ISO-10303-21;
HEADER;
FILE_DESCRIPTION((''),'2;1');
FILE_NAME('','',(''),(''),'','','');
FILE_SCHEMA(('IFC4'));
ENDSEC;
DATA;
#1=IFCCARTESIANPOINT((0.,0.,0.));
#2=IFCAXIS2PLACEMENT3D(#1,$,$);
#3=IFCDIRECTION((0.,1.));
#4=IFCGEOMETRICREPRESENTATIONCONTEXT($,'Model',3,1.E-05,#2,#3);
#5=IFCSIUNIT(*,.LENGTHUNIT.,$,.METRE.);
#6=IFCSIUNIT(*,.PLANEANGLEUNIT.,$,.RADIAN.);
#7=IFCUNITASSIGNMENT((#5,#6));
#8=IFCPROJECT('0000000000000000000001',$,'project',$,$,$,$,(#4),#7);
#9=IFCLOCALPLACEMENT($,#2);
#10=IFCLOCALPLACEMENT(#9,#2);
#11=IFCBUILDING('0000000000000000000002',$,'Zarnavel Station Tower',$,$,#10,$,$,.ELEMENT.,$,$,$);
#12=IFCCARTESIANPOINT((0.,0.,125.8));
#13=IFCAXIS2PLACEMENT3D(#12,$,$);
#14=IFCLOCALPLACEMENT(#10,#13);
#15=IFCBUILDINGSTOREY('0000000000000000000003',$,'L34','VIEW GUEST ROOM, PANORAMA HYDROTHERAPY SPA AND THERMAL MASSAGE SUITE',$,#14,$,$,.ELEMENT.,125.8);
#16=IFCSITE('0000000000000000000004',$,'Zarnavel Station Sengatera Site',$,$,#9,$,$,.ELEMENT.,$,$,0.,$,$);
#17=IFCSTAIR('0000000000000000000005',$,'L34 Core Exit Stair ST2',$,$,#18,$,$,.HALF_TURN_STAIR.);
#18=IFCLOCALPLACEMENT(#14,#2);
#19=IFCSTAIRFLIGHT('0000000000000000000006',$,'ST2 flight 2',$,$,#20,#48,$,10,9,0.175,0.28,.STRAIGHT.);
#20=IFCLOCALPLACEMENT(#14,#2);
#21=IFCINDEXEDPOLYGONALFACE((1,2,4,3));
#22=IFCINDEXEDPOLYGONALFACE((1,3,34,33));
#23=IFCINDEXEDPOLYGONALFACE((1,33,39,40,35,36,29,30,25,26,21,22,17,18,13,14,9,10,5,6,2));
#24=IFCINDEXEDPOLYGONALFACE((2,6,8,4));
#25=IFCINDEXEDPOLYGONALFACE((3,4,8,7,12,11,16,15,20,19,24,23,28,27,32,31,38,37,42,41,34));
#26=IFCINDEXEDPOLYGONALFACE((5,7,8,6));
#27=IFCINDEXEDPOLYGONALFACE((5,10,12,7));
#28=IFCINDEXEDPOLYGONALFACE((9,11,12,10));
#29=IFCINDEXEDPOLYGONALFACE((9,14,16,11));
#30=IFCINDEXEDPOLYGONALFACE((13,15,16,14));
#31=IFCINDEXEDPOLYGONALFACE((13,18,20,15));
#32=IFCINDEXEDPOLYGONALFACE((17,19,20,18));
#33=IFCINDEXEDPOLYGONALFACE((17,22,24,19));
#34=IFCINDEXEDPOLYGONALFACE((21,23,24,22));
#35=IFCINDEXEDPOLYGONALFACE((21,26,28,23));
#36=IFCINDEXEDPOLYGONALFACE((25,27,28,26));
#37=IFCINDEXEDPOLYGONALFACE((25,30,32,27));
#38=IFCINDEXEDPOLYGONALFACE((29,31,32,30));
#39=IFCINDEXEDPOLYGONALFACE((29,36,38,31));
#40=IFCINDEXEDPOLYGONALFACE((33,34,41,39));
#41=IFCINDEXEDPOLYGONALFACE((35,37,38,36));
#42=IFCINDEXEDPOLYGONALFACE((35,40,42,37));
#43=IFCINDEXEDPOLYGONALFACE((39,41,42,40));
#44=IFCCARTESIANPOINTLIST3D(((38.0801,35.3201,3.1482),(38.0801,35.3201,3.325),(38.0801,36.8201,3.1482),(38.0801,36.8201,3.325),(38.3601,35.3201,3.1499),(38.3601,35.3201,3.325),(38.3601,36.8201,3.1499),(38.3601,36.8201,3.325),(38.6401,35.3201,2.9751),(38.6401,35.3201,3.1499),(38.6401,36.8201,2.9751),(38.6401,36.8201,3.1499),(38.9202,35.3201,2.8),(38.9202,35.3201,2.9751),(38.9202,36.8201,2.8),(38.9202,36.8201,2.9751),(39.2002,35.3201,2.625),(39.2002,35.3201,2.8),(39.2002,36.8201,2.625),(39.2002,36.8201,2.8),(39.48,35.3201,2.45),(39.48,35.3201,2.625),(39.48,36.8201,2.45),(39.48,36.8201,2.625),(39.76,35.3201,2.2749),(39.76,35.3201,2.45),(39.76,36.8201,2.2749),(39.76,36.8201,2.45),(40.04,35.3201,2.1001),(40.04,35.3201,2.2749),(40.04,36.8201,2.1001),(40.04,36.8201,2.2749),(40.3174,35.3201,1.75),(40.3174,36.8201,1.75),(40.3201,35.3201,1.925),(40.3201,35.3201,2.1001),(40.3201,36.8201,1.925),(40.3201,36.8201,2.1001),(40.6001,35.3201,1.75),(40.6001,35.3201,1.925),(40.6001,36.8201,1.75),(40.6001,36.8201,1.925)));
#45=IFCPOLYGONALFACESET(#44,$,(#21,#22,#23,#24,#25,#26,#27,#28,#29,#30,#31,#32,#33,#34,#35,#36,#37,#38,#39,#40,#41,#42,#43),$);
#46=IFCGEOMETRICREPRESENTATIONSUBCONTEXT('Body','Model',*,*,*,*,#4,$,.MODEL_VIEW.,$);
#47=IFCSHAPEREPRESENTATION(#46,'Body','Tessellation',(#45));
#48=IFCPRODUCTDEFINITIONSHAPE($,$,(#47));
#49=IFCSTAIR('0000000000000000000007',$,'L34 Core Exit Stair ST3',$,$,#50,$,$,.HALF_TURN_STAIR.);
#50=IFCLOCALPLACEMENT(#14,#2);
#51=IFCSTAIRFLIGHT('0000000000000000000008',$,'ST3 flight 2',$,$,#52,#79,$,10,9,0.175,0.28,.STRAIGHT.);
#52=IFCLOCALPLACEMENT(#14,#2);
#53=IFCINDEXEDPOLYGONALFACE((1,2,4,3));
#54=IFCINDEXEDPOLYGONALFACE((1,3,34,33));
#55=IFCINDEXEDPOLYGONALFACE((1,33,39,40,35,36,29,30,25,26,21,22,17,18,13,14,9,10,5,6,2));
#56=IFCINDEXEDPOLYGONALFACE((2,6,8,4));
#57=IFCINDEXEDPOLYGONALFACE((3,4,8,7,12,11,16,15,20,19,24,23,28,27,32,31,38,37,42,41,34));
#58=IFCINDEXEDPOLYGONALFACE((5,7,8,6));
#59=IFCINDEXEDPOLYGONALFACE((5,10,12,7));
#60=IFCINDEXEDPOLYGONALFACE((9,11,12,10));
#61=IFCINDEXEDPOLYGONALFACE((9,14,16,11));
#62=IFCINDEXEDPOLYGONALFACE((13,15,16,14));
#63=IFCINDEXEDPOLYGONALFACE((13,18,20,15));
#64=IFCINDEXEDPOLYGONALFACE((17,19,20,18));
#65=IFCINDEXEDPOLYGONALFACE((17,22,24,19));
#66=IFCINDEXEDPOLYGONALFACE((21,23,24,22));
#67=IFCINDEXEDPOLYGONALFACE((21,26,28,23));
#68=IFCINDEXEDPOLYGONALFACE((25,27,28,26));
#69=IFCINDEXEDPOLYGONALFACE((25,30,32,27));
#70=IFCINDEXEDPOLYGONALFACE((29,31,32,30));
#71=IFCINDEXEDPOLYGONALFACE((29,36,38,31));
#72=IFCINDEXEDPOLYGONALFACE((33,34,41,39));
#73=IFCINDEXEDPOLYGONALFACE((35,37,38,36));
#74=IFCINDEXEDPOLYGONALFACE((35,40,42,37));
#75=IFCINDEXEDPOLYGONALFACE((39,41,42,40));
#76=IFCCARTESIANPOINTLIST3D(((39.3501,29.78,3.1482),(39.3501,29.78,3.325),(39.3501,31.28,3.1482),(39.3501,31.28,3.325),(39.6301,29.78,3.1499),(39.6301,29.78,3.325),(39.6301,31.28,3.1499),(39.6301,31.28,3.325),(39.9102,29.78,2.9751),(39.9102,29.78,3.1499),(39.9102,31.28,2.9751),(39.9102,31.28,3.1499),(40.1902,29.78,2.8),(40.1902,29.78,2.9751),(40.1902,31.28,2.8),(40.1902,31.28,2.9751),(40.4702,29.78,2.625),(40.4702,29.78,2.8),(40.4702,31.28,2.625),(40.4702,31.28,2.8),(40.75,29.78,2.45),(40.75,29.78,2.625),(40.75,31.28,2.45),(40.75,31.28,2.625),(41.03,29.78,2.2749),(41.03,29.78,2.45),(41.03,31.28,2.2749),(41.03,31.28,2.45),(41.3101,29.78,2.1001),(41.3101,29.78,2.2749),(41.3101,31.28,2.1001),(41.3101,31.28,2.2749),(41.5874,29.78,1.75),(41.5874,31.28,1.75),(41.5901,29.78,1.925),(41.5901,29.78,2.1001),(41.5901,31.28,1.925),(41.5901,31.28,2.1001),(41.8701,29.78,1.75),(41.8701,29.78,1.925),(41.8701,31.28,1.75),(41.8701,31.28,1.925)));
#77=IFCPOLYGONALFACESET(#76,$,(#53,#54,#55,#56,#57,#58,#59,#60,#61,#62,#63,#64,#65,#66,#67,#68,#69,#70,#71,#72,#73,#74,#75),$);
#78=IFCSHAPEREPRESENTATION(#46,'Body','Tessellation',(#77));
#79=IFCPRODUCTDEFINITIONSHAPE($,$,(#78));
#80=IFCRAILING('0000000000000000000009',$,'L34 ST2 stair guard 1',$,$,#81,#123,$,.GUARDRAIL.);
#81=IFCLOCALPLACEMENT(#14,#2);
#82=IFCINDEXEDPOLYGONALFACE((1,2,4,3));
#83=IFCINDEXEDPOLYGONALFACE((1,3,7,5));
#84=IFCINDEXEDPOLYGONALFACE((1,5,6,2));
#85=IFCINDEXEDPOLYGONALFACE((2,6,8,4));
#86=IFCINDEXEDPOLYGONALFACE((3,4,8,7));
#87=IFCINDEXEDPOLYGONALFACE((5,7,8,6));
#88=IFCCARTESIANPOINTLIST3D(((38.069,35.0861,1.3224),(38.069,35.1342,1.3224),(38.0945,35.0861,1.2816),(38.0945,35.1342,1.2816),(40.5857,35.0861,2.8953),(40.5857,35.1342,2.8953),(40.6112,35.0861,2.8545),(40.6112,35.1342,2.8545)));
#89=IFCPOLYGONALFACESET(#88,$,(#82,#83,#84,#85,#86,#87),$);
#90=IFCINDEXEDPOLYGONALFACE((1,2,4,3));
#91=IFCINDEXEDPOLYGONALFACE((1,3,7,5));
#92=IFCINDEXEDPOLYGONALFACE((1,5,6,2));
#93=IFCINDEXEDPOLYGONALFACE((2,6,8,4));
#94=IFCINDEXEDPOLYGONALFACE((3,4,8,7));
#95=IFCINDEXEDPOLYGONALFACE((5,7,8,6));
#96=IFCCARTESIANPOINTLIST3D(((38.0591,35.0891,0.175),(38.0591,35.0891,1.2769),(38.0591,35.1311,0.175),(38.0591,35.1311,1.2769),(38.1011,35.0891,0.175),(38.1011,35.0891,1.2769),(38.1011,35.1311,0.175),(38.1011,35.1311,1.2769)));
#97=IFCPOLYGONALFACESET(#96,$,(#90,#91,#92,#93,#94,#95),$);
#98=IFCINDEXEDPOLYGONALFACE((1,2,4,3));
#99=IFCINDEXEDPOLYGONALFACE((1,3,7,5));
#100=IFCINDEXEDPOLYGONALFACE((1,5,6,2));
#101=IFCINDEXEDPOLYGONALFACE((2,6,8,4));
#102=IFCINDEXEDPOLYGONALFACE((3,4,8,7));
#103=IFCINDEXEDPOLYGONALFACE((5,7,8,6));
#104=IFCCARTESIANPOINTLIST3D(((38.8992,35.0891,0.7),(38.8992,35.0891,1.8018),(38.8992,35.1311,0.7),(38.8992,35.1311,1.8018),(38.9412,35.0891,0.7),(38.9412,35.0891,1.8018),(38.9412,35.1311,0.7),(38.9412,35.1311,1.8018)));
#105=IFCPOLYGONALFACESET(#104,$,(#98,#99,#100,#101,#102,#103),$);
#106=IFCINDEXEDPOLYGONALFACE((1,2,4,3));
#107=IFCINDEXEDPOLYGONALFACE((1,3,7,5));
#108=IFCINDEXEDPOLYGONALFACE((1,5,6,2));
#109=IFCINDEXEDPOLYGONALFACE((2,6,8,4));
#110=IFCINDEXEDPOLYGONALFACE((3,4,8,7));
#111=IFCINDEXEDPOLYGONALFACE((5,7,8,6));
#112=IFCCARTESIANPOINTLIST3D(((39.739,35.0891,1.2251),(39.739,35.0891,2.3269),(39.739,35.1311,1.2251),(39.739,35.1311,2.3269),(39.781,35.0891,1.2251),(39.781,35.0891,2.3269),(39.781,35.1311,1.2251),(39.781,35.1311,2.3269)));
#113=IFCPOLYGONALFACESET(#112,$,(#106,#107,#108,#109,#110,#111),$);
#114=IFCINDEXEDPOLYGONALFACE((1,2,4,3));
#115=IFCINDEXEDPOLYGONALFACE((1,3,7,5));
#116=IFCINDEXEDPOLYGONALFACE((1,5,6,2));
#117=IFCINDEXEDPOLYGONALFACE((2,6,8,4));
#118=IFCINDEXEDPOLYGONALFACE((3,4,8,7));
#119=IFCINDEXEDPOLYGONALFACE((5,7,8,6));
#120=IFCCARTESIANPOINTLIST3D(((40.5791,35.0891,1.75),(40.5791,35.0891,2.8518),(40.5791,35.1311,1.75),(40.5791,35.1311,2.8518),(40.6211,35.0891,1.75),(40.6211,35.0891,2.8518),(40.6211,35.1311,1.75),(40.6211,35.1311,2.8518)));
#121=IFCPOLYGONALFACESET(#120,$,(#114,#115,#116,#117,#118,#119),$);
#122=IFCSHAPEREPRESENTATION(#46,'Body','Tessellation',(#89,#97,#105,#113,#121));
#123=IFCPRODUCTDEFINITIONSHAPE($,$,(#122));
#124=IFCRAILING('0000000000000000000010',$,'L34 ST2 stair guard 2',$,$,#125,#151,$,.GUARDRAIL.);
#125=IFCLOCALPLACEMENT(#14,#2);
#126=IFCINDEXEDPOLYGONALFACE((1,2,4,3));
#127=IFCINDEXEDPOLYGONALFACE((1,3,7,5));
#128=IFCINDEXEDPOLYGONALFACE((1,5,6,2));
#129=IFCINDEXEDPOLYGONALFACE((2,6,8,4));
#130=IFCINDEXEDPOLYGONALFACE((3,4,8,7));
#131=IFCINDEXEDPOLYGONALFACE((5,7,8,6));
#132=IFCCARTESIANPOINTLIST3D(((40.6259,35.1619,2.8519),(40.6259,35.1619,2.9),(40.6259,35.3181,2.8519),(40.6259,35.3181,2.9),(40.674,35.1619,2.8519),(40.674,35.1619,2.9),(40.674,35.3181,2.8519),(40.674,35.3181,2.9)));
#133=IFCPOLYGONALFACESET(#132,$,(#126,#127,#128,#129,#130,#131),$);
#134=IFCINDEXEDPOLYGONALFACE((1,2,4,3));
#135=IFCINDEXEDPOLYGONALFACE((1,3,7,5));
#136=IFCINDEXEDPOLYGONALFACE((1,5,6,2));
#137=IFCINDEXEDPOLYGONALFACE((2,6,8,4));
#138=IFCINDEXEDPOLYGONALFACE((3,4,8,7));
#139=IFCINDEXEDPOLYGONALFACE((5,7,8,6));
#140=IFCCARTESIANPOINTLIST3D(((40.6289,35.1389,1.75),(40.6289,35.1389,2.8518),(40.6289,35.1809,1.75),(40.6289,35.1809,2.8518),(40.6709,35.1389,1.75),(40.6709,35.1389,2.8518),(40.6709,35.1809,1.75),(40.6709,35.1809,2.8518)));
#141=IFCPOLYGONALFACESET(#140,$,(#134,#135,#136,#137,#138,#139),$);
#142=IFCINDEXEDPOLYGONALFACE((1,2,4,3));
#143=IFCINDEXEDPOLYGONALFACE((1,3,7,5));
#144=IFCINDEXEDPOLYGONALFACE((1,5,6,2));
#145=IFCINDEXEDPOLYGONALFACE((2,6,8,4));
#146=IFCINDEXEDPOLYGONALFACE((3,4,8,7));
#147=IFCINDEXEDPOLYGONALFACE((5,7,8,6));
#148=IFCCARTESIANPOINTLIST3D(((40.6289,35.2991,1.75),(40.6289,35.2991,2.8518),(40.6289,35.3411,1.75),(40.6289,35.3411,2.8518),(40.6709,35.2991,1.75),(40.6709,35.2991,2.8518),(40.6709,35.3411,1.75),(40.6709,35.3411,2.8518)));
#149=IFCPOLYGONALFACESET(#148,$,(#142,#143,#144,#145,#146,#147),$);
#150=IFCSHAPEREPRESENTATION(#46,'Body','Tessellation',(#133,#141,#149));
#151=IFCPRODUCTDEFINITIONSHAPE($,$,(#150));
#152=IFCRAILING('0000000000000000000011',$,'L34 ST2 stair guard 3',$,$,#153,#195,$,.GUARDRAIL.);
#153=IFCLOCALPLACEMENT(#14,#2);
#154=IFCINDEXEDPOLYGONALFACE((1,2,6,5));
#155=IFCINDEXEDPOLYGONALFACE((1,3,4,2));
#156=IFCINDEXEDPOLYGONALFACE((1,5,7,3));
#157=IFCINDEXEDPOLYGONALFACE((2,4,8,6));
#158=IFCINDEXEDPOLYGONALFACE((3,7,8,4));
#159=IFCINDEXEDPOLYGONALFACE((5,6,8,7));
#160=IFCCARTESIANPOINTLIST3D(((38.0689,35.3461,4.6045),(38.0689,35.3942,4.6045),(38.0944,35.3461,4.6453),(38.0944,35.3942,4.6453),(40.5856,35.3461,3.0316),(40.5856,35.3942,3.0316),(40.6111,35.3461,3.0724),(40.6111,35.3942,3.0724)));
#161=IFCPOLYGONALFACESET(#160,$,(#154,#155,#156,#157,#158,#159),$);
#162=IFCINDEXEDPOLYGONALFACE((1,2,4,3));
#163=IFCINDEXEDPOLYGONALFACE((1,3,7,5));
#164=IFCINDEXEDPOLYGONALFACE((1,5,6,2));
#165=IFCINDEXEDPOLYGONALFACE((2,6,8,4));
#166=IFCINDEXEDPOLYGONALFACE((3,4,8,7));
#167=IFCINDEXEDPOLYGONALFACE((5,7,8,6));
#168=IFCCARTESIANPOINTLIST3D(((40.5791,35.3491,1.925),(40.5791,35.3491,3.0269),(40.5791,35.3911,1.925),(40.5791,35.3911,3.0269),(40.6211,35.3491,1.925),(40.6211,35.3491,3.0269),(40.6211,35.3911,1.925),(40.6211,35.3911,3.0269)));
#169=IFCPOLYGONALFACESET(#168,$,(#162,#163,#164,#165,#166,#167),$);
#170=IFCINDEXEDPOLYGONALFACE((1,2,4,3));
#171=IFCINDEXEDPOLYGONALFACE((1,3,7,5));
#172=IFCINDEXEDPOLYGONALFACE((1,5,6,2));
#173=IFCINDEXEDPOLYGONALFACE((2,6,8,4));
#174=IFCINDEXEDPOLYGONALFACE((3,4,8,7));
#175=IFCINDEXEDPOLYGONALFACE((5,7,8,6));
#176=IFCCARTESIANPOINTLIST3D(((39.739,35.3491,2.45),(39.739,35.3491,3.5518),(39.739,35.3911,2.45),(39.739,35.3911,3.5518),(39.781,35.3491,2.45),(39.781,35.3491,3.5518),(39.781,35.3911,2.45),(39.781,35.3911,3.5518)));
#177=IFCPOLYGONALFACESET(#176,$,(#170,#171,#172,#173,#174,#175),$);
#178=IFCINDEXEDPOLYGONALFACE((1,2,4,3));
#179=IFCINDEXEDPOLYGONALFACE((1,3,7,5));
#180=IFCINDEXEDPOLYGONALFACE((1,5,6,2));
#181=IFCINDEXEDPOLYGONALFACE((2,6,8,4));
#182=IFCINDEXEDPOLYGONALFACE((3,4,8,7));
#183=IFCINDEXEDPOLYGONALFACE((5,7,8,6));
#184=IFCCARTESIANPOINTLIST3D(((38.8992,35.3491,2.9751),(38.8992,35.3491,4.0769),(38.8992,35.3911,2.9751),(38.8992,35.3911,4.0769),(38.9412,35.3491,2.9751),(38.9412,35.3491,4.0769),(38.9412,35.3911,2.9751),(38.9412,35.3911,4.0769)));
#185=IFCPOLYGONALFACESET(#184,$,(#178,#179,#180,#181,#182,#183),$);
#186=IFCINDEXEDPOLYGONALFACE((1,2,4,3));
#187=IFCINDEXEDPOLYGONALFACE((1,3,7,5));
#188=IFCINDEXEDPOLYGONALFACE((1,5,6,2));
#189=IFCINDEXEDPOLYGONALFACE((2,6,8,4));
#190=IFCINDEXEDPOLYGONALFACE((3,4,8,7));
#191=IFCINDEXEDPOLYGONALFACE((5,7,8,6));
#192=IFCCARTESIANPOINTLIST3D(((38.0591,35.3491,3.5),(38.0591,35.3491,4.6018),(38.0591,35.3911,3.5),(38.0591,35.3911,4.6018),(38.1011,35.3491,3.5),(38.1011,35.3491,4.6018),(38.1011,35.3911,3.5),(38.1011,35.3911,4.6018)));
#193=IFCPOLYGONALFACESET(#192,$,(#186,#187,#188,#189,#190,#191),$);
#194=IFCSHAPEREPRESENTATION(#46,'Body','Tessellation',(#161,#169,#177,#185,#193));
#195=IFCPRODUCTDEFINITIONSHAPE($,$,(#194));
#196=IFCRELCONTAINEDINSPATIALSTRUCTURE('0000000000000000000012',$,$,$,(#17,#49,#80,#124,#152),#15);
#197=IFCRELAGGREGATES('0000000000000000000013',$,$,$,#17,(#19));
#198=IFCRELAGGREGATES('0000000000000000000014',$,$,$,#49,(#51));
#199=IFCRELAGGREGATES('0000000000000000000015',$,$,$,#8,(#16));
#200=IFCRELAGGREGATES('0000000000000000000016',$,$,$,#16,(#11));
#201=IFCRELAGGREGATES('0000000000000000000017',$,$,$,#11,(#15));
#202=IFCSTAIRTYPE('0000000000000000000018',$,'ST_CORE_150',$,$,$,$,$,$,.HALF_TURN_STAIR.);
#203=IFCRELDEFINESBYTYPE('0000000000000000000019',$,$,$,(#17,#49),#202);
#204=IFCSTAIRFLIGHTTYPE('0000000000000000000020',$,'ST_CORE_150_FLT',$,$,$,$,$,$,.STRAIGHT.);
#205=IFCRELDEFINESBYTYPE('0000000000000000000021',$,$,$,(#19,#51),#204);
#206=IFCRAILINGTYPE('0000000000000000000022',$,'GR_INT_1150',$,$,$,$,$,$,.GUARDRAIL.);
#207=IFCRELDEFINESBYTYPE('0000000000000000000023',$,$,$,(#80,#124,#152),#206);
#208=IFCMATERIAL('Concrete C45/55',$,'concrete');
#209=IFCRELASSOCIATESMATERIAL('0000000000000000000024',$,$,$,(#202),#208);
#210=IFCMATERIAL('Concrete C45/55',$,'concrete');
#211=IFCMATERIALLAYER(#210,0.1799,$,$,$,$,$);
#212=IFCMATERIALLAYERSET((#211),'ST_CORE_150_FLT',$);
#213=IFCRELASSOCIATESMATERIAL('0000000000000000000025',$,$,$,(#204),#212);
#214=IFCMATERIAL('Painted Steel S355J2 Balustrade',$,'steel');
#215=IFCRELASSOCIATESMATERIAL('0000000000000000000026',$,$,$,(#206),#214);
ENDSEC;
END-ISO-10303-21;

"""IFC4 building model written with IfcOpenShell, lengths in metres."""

from ifc_helpers import new_model, si_unit, direction, frame, origin, origin_2d, place, context, subcontext, project, spatial, polyline, rectangle, outline, extrude, material, layer, layer_set, type_object, element, aggregate, save


model = new_model("IFC4")

# Units and contexts
model_context = context("Model", 3, precision=1e-05, world=origin(), true_north=direction((0.0, 1.0)))
body_context = subcontext(model_context, "Body", "Model", "MODEL_VIEW")
ifc_project = project(units=[si_unit("LENGTHUNIT", "METRE"), si_unit("PLANEANGLEUNIT", "RADIAN")], contexts=[model_context])

# Site, building, storey
site_placement = place(None, origin())
site = spatial("IfcSite", under=ifc_project, at=site_placement, Name="Zarnavel Station Sengatera Site", CompositionType="ELEMENT", RefElevation=0.0)
building_placement = place(site_placement, origin())
building = spatial("IfcBuilding", under=site, at=building_placement, Name="Zarnavel Station Tower", CompositionType="ELEMENT")
storey_placement = place(building_placement, frame((0.0, 0.0, 125.8)))
storey = spatial("IfcBuildingStorey", under=building, at=storey_placement, Name="L34", Description="VIEW GUEST ROOM, PANORAMA HYDROTHERAPY SPA AND THERMAL MASSAGE SUITE", CompositionType="ELEMENT", Elevation=125.8)

# Stairs, stair flights
ifc_material_1 = material(Name="Concrete C45/55", Category="concrete")
stair_type = type_object("IfcStairType", Name="ST_CORE_150", PredefinedType="HALF_TURN_STAIR", material=ifc_material_1)
stair_1_placement = place(storey_placement, origin())
stair_1 = element("IfcStair", 1, at=stair_1_placement, inside=storey, type_object=stair_type, Name="L34 Core Exit Stair ST2", PredefinedType="HALF_TURN_STAIR")
ifc_material_2 = material(Name="Concrete C45/55", Category="concrete")
ifc_layer_1 = layer(ifc_material_2, 0.1799)
ifc_layer_set_1 = layer_set([ifc_layer_1], Name="ST_CORE_150_FLT")
stair_flight_type = type_object("IfcStairFlightType", Name="ST_CORE_150_FLT", PredefinedType="STRAIGHT", material=ifc_layer_set_1)
stair_flight_1_placement = place(storey_placement, frame((40.6001, 36.0701, 1.75), z_axis=(0.0, 0.0, 1.0), x_axis=(-1.0, 0.0, 0.0)))
stair_flight_1 = element("IfcStairFlight", 2, at=stair_flight_1_placement, type_object=stair_flight_type, Name="ST2 flight 2", NumberOfRisers=10, NumberOfTreads=9, PredefinedType="STRAIGHT", RiserHeight=0.175, TreadLength=0.28, context=body_context, shape_type="SweptSolid", body=[
    extrude(outline(polyline([(0.0, 0.0), (0.0, 0.175), (0.28, 0.175), (0.28, 0.3501), (0.5601, 0.3501), (0.5601, 0.5249), (0.8401, 0.5249), (0.8401, 0.7), (1.1201, 0.7), (1.1201, 0.875), (1.3999, 0.875), (1.3999, 1.05), (1.6799, 1.05), (1.6799, 1.2251), (1.96, 1.2251), (1.96, 1.3999), (2.24, 1.3999), (2.24, 1.575), (2.52, 1.575), (2.52, 1.75), (2.52, 1.3982), (0.2827, 0.0), (0.0, 0.0)])), frame((0.0, 0.75, 0.0), z_axis=(0.0, -1.0, 0.0), x_axis=(1.0, 0.0, 0.0)), (0.0, 0.0, 1.0), 1.5),
])
aggregate(stair_1, [stair_flight_1])
stair_2_placement = place(storey_placement, origin())
stair_2 = element("IfcStair", 3, at=stair_2_placement, inside=storey, type_object=stair_type, Name="L34 Core Exit Stair ST3", PredefinedType="HALF_TURN_STAIR")
stair_flight_2_placement = place(storey_placement, frame((41.8701, 30.53, 1.75), z_axis=(0.0, 0.0, 1.0), x_axis=(-1.0, 0.0, 0.0)))
stair_flight_2 = element("IfcStairFlight", 4, at=stair_flight_2_placement, type_object=stair_flight_type, Name="ST3 flight 2", NumberOfRisers=10, NumberOfTreads=9, PredefinedType="STRAIGHT", RiserHeight=0.175, TreadLength=0.28, context=body_context, shape_type="SweptSolid", body=[
    extrude(outline(polyline([(0.0, 0.0), (0.0, 0.175), (0.28, 0.175), (0.28, 0.3501), (0.5601, 0.3501), (0.5601, 0.5249), (0.8401, 0.5249), (0.8401, 0.7), (1.1201, 0.7), (1.1201, 0.875), (1.3999, 0.875), (1.3999, 1.05), (1.6799, 1.05), (1.6799, 1.2251), (1.96, 1.2251), (1.96, 1.3999), (2.24, 1.3999), (2.24, 1.575), (2.52, 1.575), (2.52, 1.75), (2.52, 1.3982), (0.2827, 0.0), (0.0, 0.0)])), frame((0.0, 0.75, 0.0), z_axis=(0.0, -1.0, 0.0), x_axis=(1.0, 0.0, 0.0)), (0.0, 0.0, 1.0), 1.5),
])
aggregate(stair_2, [stair_flight_2])

# Railings
ifc_material_3 = material(Name="Painted Steel S355J2 Balustrade", Category="steel")
railing_type_1 = type_object("IfcRailingType", Name="GR_INT_1150", PredefinedType="GUARDRAIL", material=ifc_material_3)
railing_1_placement = place(storey_placement, frame((38.0801, 35.1101, 0.175)))
element("IfcRailing", 5, at=railing_1_placement, inside=storey, type_object=railing_type_1, Name="L34 ST2 stair guard 1", PredefinedType="GUARDRAIL", context=body_context, shape_type="SweptSolid", body=[
    extrude(rectangle(XDim=0.0481, YDim=0.0481, at=origin_2d()), frame((0.0017, 0.0, 1.127), z_axis=(0.848008, 0.0, 0.529984), x_axis=(0.0, 1.0, 0.0)), (0.0, 0.0, 1.0), 2.9678),
    extrude(rectangle(XDim=0.042, YDim=0.042, at=origin_2d()), origin(), (0.0, 0.0, 1.0), 1.1018),
    extrude(rectangle(XDim=0.042, YDim=0.042, at=origin_2d()), frame((0.8401, 0.0, 0.5249)), (0.0, 0.0, 1.0), 1.1018),
    extrude(rectangle(XDim=0.042, YDim=0.042, at=origin_2d()), frame((1.6799, 0.0, 1.05)), (0.0, 0.0, 1.0), 1.1018),
    extrude(rectangle(XDim=0.042, YDim=0.042, at=origin_2d()), frame((2.52, 0.0, 1.575)), (0.0, 0.0, 1.0), 1.1018),
])
railing_2_placement = place(storey_placement, frame((40.6499, 35.1599, 1.75)))
element("IfcRailing", 6, at=railing_2_placement, inside=storey, type_object=railing_type_1, Name="L34 ST2 stair guard 2", PredefinedType="GUARDRAIL", context=body_context, shape_type="SweptSolid", body=[
    extrude(rectangle(XDim=0.0481, YDim=0.0481, at=origin_2d()), frame((0.0, 0.002, 1.126), z_axis=(0.0, 1.0, 0.0), x_axis=(-1.0, 0.0, 0.0)), (0.0, 0.0, 1.0), 0.1562),
    extrude(rectangle(XDim=0.042, YDim=0.042, at=origin_2d()), origin(), (0.0, 0.0, 1.0), 1.1018),
    extrude(rectangle(XDim=0.042, YDim=0.042, at=origin_2d()), frame((0.0, 0.1602, 0.0)), (0.0, 0.0, 1.0), 1.1018),
])
for number, where, name in (
    (7, (40.6001, 35.3701, 1.925), "L34 ST2 stair guard 3"),
):
    element("IfcRailing", number, at=place(storey_placement, frame(where)), inside=storey, type_object=railing_type_1, Name=name, PredefinedType="GUARDRAIL", context=body_context, shape_type="SweptSolid", body=[
        extrude(rectangle(XDim=0.0481, YDim=0.0481, at=origin_2d()), frame((-0.0017, 0.0, 1.127), z_axis=(-0.848008, 0.0, 0.529984), x_axis=(0.0, -1.0, 0.0)), (0.0, 0.0, 1.0), 2.9678),
        extrude(rectangle(XDim=0.042, YDim=0.042, at=origin_2d()), origin(), (0.0, 0.0, 1.0), 1.1018),
        extrude(rectangle(XDim=0.042, YDim=0.042, at=origin_2d()), frame((-0.8401, 0.0, 0.5249)), (0.0, 0.0, 1.0), 1.1018),
        extrude(rectangle(XDim=0.042, YDim=0.042, at=origin_2d()), frame((-1.6799, 0.0, 1.05)), (0.0, 0.0, 1.0), 1.1018),
        extrude(rectangle(XDim=0.042, YDim=0.042, at=origin_2d()), frame((-2.52, 0.0, 1.575)), (0.0, 0.0, 1.0), 1.1018),
    ])

save(model, "model.ifc")
